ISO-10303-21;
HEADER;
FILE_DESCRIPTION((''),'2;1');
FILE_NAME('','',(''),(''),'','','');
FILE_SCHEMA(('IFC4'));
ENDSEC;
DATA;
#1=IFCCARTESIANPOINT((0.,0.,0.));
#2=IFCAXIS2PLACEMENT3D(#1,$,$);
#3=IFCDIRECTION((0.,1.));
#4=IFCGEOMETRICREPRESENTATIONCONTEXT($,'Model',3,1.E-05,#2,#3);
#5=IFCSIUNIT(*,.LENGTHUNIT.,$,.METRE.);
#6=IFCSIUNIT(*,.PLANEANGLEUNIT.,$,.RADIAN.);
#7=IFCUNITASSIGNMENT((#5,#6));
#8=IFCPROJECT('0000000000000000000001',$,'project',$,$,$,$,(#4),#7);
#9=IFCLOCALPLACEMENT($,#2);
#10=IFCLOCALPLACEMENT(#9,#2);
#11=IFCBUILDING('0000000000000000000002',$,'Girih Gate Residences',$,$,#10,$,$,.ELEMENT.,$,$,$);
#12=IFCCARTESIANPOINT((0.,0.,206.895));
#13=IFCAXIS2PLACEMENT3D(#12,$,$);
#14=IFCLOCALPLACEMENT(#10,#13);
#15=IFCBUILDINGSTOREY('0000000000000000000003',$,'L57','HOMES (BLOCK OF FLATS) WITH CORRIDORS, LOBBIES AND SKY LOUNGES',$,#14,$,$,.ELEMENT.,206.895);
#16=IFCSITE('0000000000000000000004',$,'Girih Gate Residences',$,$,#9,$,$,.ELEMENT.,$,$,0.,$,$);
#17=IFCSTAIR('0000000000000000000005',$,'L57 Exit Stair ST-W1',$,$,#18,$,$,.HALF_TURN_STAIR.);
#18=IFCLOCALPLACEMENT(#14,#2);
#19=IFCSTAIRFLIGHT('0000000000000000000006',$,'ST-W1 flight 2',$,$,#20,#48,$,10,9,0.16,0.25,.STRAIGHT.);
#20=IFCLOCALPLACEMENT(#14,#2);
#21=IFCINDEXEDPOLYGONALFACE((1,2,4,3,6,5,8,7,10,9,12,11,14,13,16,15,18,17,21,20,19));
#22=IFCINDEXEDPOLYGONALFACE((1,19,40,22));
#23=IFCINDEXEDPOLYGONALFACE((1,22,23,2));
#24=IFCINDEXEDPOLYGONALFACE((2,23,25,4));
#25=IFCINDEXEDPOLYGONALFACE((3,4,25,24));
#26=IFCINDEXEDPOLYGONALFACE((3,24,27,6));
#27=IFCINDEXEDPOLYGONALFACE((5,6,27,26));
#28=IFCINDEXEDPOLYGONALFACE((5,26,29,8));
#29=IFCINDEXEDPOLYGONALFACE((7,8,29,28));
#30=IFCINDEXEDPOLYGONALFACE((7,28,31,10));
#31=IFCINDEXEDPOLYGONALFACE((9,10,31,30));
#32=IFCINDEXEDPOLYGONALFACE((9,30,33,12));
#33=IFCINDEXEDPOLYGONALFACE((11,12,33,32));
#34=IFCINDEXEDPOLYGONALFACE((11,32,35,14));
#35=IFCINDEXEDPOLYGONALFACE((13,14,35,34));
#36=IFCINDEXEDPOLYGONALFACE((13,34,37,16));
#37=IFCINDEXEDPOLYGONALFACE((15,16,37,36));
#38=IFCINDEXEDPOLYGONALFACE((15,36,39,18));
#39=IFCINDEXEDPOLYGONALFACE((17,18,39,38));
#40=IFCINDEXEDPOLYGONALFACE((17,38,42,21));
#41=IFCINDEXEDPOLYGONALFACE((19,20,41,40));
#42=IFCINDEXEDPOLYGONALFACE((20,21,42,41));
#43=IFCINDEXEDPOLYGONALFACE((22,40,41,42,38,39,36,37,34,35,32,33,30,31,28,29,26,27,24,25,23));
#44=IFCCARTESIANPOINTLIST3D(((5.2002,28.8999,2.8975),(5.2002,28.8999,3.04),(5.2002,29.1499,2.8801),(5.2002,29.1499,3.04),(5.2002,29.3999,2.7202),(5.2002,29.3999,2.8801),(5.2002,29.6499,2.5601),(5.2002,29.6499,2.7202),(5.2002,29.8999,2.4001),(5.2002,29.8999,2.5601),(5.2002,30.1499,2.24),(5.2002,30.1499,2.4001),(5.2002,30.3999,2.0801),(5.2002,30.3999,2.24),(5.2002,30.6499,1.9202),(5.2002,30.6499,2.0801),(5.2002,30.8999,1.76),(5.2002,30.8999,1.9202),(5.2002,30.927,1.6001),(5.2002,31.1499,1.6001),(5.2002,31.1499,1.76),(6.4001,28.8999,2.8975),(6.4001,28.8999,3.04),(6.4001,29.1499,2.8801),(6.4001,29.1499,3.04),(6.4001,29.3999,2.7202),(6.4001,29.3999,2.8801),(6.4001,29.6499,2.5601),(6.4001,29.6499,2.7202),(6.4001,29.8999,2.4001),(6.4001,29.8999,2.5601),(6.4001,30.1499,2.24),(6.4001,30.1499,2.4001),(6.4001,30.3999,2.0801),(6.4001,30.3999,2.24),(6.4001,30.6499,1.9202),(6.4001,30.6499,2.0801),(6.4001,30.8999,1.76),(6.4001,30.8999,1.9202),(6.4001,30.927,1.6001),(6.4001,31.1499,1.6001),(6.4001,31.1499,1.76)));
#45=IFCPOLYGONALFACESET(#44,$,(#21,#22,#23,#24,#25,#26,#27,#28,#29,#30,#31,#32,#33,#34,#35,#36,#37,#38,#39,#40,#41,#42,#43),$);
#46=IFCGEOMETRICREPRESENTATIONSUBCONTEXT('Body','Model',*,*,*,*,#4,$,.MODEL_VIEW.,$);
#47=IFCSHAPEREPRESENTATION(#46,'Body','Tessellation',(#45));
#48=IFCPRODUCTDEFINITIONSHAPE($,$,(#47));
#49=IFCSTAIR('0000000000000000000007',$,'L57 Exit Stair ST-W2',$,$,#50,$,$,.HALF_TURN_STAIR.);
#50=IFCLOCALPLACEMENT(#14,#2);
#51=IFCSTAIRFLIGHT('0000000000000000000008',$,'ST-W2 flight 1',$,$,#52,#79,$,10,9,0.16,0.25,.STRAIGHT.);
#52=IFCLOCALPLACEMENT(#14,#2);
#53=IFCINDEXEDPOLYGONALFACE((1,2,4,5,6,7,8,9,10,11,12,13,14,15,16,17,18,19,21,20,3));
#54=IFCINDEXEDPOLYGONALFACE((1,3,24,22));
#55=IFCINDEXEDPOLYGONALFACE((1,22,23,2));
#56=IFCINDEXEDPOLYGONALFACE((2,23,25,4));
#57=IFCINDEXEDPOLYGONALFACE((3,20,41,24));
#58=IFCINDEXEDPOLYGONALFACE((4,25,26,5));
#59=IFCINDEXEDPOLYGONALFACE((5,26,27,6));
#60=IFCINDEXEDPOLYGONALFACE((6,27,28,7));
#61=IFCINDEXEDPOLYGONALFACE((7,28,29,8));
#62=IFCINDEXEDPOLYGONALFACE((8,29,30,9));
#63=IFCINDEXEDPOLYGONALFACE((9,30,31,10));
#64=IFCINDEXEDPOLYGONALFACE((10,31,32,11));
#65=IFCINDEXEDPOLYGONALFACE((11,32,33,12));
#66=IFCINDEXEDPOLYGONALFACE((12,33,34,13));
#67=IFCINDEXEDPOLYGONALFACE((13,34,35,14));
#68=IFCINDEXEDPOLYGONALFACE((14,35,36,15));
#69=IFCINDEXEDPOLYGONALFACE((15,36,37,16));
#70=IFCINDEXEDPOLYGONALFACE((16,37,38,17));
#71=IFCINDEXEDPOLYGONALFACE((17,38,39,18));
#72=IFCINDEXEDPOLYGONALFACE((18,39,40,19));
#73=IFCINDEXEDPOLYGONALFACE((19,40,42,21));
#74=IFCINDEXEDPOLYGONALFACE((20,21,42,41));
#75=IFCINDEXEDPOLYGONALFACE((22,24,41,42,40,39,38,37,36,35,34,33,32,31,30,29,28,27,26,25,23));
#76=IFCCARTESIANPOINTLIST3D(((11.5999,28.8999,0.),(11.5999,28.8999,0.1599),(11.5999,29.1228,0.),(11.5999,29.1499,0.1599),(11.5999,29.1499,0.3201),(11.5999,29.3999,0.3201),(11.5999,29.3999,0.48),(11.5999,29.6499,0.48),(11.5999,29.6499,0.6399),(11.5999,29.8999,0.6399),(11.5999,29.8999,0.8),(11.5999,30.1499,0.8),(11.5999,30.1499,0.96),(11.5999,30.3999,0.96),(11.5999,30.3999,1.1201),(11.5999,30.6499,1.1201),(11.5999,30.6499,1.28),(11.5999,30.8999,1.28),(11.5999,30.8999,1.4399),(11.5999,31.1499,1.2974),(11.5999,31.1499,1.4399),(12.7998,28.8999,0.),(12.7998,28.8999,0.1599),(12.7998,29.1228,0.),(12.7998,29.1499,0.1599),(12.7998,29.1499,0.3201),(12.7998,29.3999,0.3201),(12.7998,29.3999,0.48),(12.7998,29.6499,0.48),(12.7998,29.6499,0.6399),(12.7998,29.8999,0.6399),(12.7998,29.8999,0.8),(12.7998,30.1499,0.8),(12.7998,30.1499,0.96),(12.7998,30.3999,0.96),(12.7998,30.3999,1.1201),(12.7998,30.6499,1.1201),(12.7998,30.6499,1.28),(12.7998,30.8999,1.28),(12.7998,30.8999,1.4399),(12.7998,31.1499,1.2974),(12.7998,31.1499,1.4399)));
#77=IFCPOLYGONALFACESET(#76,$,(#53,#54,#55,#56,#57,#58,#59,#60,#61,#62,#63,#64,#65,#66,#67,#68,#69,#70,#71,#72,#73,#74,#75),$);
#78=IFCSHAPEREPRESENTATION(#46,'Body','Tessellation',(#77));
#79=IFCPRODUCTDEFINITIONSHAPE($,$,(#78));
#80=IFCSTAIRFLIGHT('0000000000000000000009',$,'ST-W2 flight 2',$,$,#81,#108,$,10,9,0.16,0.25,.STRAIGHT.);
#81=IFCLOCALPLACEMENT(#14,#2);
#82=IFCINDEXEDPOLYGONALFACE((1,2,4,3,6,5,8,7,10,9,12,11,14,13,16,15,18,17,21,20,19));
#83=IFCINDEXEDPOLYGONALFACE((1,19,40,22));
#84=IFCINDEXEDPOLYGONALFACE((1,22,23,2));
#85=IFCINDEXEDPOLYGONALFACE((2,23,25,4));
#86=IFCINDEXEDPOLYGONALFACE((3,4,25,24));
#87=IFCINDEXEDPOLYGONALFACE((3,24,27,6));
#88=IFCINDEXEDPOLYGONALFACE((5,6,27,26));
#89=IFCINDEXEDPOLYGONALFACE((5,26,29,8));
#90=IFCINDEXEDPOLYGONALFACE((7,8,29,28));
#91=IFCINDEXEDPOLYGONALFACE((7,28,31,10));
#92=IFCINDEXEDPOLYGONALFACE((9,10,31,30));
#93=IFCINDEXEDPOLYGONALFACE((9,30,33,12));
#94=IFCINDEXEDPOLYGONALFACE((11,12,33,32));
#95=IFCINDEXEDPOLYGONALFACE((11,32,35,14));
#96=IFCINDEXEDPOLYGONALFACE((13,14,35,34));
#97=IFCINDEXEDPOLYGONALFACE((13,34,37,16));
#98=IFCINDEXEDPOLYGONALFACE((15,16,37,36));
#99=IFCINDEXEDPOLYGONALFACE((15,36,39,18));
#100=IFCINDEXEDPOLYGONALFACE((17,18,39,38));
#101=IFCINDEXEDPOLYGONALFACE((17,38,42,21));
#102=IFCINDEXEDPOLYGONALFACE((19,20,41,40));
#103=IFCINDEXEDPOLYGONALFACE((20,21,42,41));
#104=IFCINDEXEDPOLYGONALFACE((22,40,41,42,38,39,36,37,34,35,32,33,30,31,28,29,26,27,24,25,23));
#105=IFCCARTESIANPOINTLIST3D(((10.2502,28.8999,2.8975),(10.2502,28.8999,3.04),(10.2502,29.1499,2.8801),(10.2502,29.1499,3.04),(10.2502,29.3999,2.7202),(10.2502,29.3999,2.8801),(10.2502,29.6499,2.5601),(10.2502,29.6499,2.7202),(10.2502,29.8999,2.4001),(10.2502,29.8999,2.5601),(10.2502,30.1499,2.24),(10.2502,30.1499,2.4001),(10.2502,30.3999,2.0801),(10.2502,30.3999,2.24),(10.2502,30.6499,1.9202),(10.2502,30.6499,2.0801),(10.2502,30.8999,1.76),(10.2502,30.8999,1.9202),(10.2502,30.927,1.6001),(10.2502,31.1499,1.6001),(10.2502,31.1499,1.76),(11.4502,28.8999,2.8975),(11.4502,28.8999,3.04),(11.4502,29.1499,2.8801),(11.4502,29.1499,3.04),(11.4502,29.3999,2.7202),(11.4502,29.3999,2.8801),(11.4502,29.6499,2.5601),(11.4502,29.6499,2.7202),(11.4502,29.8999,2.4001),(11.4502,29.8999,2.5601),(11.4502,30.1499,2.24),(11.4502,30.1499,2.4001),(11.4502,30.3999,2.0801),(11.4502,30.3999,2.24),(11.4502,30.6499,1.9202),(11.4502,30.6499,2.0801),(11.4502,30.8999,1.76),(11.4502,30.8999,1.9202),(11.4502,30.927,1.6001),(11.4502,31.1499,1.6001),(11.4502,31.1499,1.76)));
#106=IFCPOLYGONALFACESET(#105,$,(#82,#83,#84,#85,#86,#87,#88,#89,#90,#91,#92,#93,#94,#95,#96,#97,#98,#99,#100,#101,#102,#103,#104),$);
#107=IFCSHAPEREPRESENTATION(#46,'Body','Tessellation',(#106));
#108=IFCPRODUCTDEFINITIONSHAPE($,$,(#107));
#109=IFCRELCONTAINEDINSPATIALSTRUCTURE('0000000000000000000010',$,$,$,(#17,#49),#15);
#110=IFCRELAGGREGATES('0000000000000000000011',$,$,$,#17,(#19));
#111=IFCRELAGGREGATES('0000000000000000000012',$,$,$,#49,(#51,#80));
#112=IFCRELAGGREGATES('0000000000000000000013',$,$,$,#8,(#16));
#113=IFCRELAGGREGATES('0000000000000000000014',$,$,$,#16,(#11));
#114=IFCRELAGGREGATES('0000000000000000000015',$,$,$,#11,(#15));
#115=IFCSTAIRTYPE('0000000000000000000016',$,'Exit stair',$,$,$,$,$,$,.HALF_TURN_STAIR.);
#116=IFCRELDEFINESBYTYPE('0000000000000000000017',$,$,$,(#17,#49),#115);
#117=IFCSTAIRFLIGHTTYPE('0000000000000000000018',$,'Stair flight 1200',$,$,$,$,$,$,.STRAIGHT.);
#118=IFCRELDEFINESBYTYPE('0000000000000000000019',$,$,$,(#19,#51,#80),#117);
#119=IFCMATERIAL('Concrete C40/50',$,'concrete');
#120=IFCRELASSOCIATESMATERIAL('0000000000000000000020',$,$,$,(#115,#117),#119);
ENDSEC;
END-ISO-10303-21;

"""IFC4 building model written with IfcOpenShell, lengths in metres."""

from ifc_helpers import new_model, si_unit, direction, frame, origin, place, context, subcontext, project, spatial, polyline, outline, extrude, material, type_object, element, aggregate, save


model = new_model("IFC4")

# Units and contexts
model_context = context("Model", 3, precision=1e-05, world=origin(), true_north=direction((0.0, 1.0)))
body_context = subcontext(model_context, "Body", "Model", "MODEL_VIEW")
ifc_project = project(units=[si_unit("LENGTHUNIT", "METRE"), si_unit("PLANEANGLEUNIT", "RADIAN")], contexts=[model_context])

# Site, building, storey
site_placement = place(None, origin())
site = spatial("IfcSite", under=ifc_project, at=site_placement, Name="Girih Gate Residences", CompositionType="ELEMENT", RefElevation=0.0)
building_placement = place(site_placement, origin())
building = spatial("IfcBuilding", under=site, at=building_placement, Name="Girih Gate Residences", CompositionType="ELEMENT")
storey_placement = place(building_placement, frame((0.0, 0.0, 206.895)))
storey = spatial("IfcBuildingStorey", under=building, at=storey_placement, Name="L57", Description="HOMES (BLOCK OF FLATS) WITH CORRIDORS, LOBBIES AND SKY LOUNGES", CompositionType="ELEMENT", Elevation=206.895)

# Shared definitions
ifc_material_1 = material(Name="Concrete C40/50", Category="concrete")

# Stairs, stair flights
stair_type = type_object("IfcStairType", Name="Exit stair", PredefinedType="HALF_TURN_STAIR", material=ifc_material_1)
stair_1_placement = place(storey_placement, origin())
stair_1 = element("IfcStair", 1, at=stair_1_placement, inside=storey, type_object=stair_type, Name="L57 Exit Stair ST-W1", PredefinedType="HALF_TURN_STAIR")
stair_flight_type = type_object("IfcStairFlightType", Name="Stair flight 1200", PredefinedType="STRAIGHT", material=ifc_material_1)
stair_flight_1_placement = place(storey_placement, frame((5.8, 31.1499, 1.6001), z_axis=(0.0, 0.0, 1.0), x_axis=(0.0, -1.0, 0.0)))
stair_flight_1 = element("IfcStairFlight", 2, at=stair_flight_1_placement, type_object=stair_flight_type, Name="ST-W1 flight 2", NumberOfRisers=10, NumberOfTreads=9, PredefinedType="STRAIGHT", RiserHeight=0.16, TreadLength=0.25, context=body_context, shape_type="SweptSolid", body=[
    extrude(outline(polyline([(0.0, 0.0), (0.0, 0.1599), (0.25, 0.1599), (0.25, 0.3201), (0.5, 0.3201), (0.5, 0.48), (0.75, 0.48), (0.75, 0.6399), (1.0, 0.6399), (1.0, 0.8), (1.25, 0.8), (1.25, 0.96), (1.5, 0.96), (1.5, 1.1201), (1.75, 1.1201), (1.75, 1.28), (2.0, 1.28), (2.0, 1.4399), (2.25, 1.4399), (2.25, 1.6001), (2.25, 1.2974), (0.2229, 0.0), (0.0, 0.0)])), frame((0.0, 0.6001, 0.0), z_axis=(0.0, -1.0, 0.0), x_axis=(1.0, 0.0, 0.0)), (0.0, 0.0, 1.0), 1.2),
])
aggregate(stair_1, [stair_flight_1])
stair_2_placement = place(storey_placement, origin())
stair_2 = element("IfcStair", 3, at=stair_2_placement, inside=storey, type_object=stair_type, Name="L57 Exit Stair ST-W2", PredefinedType="HALF_TURN_STAIR")
stair_flight_2_placement = place(storey_placement, frame((12.2, 28.8999, 0.0), z_axis=(0.0, 0.0, 1.0), x_axis=(0.0, 1.0, 0.0)))
stair_flight_2 = element("IfcStairFlight", 4, at=stair_flight_2_placement, type_object=stair_flight_type, Name="ST-W2 flight 1", NumberOfRisers=10, NumberOfTreads=9, PredefinedType="STRAIGHT", RiserHeight=0.16, TreadLength=0.25, context=body_context, shape_type="SweptSolid", body=[
    extrude(outline(polyline([(0.0, 0.0), (0.0, 0.1599), (0.25, 0.1599), (0.25, 0.3201), (0.5, 0.3201), (0.5, 0.48), (0.75, 0.48), (0.75, 0.6399), (1.0, 0.6399), (1.0, 0.8), (1.25, 0.8), (1.25, 0.96), (1.5, 0.96), (1.5, 1.1201), (1.75, 1.1201), (1.75, 1.28), (2.0, 1.28), (2.0, 1.4399), (2.25, 1.4399), (2.25, 1.6001), (2.25, 1.2974), (0.2229, 0.0), (0.0, 0.0)])), frame((0.0, 0.6001, 0.0), z_axis=(0.0, -1.0, 0.0), x_axis=(1.0, 0.0, 0.0)), (0.0, 0.0, 1.0), 1.2),
])
stair_flight_3_placement = place(storey_placement, frame((10.8501, 31.1499, 1.6001), z_axis=(0.0, 0.0, 1.0), x_axis=(0.0, -1.0, 0.0)))
stair_flight_3 = element("IfcStairFlight", 5, at=stair_flight_3_placement, type_object=stair_flight_type, Name="ST-W2 flight 2", NumberOfRisers=10, NumberOfTreads=9, PredefinedType="STRAIGHT", RiserHeight=0.16, TreadLength=0.25, context=body_context, shape_type="SweptSolid", body=[
    extrude(outline(polyline([(0.0, 0.0), (0.0, 0.1599), (0.25, 0.1599), (0.25, 0.3201), (0.5, 0.3201), (0.5, 0.48), (0.75, 0.48), (0.75, 0.6399), (1.0, 0.6399), (1.0, 0.8), (1.25, 0.8), (1.25, 0.96), (1.5, 0.96), (1.5, 1.1201), (1.75, 1.1201), (1.75, 1.28), (2.0, 1.28), (2.0, 1.4399), (2.25, 1.4399), (2.25, 1.6001), (2.25, 1.2974), (0.2229, 0.0), (0.0, 0.0)])), frame((0.0, 0.6001, 0.0), z_axis=(0.0, -1.0, 0.0), x_axis=(1.0, 0.0, 0.0)), (0.0, 0.0, 1.0), 1.2),
])
aggregate(stair_2, [stair_flight_2, stair_flight_3])

save(model, "model.ifc")
